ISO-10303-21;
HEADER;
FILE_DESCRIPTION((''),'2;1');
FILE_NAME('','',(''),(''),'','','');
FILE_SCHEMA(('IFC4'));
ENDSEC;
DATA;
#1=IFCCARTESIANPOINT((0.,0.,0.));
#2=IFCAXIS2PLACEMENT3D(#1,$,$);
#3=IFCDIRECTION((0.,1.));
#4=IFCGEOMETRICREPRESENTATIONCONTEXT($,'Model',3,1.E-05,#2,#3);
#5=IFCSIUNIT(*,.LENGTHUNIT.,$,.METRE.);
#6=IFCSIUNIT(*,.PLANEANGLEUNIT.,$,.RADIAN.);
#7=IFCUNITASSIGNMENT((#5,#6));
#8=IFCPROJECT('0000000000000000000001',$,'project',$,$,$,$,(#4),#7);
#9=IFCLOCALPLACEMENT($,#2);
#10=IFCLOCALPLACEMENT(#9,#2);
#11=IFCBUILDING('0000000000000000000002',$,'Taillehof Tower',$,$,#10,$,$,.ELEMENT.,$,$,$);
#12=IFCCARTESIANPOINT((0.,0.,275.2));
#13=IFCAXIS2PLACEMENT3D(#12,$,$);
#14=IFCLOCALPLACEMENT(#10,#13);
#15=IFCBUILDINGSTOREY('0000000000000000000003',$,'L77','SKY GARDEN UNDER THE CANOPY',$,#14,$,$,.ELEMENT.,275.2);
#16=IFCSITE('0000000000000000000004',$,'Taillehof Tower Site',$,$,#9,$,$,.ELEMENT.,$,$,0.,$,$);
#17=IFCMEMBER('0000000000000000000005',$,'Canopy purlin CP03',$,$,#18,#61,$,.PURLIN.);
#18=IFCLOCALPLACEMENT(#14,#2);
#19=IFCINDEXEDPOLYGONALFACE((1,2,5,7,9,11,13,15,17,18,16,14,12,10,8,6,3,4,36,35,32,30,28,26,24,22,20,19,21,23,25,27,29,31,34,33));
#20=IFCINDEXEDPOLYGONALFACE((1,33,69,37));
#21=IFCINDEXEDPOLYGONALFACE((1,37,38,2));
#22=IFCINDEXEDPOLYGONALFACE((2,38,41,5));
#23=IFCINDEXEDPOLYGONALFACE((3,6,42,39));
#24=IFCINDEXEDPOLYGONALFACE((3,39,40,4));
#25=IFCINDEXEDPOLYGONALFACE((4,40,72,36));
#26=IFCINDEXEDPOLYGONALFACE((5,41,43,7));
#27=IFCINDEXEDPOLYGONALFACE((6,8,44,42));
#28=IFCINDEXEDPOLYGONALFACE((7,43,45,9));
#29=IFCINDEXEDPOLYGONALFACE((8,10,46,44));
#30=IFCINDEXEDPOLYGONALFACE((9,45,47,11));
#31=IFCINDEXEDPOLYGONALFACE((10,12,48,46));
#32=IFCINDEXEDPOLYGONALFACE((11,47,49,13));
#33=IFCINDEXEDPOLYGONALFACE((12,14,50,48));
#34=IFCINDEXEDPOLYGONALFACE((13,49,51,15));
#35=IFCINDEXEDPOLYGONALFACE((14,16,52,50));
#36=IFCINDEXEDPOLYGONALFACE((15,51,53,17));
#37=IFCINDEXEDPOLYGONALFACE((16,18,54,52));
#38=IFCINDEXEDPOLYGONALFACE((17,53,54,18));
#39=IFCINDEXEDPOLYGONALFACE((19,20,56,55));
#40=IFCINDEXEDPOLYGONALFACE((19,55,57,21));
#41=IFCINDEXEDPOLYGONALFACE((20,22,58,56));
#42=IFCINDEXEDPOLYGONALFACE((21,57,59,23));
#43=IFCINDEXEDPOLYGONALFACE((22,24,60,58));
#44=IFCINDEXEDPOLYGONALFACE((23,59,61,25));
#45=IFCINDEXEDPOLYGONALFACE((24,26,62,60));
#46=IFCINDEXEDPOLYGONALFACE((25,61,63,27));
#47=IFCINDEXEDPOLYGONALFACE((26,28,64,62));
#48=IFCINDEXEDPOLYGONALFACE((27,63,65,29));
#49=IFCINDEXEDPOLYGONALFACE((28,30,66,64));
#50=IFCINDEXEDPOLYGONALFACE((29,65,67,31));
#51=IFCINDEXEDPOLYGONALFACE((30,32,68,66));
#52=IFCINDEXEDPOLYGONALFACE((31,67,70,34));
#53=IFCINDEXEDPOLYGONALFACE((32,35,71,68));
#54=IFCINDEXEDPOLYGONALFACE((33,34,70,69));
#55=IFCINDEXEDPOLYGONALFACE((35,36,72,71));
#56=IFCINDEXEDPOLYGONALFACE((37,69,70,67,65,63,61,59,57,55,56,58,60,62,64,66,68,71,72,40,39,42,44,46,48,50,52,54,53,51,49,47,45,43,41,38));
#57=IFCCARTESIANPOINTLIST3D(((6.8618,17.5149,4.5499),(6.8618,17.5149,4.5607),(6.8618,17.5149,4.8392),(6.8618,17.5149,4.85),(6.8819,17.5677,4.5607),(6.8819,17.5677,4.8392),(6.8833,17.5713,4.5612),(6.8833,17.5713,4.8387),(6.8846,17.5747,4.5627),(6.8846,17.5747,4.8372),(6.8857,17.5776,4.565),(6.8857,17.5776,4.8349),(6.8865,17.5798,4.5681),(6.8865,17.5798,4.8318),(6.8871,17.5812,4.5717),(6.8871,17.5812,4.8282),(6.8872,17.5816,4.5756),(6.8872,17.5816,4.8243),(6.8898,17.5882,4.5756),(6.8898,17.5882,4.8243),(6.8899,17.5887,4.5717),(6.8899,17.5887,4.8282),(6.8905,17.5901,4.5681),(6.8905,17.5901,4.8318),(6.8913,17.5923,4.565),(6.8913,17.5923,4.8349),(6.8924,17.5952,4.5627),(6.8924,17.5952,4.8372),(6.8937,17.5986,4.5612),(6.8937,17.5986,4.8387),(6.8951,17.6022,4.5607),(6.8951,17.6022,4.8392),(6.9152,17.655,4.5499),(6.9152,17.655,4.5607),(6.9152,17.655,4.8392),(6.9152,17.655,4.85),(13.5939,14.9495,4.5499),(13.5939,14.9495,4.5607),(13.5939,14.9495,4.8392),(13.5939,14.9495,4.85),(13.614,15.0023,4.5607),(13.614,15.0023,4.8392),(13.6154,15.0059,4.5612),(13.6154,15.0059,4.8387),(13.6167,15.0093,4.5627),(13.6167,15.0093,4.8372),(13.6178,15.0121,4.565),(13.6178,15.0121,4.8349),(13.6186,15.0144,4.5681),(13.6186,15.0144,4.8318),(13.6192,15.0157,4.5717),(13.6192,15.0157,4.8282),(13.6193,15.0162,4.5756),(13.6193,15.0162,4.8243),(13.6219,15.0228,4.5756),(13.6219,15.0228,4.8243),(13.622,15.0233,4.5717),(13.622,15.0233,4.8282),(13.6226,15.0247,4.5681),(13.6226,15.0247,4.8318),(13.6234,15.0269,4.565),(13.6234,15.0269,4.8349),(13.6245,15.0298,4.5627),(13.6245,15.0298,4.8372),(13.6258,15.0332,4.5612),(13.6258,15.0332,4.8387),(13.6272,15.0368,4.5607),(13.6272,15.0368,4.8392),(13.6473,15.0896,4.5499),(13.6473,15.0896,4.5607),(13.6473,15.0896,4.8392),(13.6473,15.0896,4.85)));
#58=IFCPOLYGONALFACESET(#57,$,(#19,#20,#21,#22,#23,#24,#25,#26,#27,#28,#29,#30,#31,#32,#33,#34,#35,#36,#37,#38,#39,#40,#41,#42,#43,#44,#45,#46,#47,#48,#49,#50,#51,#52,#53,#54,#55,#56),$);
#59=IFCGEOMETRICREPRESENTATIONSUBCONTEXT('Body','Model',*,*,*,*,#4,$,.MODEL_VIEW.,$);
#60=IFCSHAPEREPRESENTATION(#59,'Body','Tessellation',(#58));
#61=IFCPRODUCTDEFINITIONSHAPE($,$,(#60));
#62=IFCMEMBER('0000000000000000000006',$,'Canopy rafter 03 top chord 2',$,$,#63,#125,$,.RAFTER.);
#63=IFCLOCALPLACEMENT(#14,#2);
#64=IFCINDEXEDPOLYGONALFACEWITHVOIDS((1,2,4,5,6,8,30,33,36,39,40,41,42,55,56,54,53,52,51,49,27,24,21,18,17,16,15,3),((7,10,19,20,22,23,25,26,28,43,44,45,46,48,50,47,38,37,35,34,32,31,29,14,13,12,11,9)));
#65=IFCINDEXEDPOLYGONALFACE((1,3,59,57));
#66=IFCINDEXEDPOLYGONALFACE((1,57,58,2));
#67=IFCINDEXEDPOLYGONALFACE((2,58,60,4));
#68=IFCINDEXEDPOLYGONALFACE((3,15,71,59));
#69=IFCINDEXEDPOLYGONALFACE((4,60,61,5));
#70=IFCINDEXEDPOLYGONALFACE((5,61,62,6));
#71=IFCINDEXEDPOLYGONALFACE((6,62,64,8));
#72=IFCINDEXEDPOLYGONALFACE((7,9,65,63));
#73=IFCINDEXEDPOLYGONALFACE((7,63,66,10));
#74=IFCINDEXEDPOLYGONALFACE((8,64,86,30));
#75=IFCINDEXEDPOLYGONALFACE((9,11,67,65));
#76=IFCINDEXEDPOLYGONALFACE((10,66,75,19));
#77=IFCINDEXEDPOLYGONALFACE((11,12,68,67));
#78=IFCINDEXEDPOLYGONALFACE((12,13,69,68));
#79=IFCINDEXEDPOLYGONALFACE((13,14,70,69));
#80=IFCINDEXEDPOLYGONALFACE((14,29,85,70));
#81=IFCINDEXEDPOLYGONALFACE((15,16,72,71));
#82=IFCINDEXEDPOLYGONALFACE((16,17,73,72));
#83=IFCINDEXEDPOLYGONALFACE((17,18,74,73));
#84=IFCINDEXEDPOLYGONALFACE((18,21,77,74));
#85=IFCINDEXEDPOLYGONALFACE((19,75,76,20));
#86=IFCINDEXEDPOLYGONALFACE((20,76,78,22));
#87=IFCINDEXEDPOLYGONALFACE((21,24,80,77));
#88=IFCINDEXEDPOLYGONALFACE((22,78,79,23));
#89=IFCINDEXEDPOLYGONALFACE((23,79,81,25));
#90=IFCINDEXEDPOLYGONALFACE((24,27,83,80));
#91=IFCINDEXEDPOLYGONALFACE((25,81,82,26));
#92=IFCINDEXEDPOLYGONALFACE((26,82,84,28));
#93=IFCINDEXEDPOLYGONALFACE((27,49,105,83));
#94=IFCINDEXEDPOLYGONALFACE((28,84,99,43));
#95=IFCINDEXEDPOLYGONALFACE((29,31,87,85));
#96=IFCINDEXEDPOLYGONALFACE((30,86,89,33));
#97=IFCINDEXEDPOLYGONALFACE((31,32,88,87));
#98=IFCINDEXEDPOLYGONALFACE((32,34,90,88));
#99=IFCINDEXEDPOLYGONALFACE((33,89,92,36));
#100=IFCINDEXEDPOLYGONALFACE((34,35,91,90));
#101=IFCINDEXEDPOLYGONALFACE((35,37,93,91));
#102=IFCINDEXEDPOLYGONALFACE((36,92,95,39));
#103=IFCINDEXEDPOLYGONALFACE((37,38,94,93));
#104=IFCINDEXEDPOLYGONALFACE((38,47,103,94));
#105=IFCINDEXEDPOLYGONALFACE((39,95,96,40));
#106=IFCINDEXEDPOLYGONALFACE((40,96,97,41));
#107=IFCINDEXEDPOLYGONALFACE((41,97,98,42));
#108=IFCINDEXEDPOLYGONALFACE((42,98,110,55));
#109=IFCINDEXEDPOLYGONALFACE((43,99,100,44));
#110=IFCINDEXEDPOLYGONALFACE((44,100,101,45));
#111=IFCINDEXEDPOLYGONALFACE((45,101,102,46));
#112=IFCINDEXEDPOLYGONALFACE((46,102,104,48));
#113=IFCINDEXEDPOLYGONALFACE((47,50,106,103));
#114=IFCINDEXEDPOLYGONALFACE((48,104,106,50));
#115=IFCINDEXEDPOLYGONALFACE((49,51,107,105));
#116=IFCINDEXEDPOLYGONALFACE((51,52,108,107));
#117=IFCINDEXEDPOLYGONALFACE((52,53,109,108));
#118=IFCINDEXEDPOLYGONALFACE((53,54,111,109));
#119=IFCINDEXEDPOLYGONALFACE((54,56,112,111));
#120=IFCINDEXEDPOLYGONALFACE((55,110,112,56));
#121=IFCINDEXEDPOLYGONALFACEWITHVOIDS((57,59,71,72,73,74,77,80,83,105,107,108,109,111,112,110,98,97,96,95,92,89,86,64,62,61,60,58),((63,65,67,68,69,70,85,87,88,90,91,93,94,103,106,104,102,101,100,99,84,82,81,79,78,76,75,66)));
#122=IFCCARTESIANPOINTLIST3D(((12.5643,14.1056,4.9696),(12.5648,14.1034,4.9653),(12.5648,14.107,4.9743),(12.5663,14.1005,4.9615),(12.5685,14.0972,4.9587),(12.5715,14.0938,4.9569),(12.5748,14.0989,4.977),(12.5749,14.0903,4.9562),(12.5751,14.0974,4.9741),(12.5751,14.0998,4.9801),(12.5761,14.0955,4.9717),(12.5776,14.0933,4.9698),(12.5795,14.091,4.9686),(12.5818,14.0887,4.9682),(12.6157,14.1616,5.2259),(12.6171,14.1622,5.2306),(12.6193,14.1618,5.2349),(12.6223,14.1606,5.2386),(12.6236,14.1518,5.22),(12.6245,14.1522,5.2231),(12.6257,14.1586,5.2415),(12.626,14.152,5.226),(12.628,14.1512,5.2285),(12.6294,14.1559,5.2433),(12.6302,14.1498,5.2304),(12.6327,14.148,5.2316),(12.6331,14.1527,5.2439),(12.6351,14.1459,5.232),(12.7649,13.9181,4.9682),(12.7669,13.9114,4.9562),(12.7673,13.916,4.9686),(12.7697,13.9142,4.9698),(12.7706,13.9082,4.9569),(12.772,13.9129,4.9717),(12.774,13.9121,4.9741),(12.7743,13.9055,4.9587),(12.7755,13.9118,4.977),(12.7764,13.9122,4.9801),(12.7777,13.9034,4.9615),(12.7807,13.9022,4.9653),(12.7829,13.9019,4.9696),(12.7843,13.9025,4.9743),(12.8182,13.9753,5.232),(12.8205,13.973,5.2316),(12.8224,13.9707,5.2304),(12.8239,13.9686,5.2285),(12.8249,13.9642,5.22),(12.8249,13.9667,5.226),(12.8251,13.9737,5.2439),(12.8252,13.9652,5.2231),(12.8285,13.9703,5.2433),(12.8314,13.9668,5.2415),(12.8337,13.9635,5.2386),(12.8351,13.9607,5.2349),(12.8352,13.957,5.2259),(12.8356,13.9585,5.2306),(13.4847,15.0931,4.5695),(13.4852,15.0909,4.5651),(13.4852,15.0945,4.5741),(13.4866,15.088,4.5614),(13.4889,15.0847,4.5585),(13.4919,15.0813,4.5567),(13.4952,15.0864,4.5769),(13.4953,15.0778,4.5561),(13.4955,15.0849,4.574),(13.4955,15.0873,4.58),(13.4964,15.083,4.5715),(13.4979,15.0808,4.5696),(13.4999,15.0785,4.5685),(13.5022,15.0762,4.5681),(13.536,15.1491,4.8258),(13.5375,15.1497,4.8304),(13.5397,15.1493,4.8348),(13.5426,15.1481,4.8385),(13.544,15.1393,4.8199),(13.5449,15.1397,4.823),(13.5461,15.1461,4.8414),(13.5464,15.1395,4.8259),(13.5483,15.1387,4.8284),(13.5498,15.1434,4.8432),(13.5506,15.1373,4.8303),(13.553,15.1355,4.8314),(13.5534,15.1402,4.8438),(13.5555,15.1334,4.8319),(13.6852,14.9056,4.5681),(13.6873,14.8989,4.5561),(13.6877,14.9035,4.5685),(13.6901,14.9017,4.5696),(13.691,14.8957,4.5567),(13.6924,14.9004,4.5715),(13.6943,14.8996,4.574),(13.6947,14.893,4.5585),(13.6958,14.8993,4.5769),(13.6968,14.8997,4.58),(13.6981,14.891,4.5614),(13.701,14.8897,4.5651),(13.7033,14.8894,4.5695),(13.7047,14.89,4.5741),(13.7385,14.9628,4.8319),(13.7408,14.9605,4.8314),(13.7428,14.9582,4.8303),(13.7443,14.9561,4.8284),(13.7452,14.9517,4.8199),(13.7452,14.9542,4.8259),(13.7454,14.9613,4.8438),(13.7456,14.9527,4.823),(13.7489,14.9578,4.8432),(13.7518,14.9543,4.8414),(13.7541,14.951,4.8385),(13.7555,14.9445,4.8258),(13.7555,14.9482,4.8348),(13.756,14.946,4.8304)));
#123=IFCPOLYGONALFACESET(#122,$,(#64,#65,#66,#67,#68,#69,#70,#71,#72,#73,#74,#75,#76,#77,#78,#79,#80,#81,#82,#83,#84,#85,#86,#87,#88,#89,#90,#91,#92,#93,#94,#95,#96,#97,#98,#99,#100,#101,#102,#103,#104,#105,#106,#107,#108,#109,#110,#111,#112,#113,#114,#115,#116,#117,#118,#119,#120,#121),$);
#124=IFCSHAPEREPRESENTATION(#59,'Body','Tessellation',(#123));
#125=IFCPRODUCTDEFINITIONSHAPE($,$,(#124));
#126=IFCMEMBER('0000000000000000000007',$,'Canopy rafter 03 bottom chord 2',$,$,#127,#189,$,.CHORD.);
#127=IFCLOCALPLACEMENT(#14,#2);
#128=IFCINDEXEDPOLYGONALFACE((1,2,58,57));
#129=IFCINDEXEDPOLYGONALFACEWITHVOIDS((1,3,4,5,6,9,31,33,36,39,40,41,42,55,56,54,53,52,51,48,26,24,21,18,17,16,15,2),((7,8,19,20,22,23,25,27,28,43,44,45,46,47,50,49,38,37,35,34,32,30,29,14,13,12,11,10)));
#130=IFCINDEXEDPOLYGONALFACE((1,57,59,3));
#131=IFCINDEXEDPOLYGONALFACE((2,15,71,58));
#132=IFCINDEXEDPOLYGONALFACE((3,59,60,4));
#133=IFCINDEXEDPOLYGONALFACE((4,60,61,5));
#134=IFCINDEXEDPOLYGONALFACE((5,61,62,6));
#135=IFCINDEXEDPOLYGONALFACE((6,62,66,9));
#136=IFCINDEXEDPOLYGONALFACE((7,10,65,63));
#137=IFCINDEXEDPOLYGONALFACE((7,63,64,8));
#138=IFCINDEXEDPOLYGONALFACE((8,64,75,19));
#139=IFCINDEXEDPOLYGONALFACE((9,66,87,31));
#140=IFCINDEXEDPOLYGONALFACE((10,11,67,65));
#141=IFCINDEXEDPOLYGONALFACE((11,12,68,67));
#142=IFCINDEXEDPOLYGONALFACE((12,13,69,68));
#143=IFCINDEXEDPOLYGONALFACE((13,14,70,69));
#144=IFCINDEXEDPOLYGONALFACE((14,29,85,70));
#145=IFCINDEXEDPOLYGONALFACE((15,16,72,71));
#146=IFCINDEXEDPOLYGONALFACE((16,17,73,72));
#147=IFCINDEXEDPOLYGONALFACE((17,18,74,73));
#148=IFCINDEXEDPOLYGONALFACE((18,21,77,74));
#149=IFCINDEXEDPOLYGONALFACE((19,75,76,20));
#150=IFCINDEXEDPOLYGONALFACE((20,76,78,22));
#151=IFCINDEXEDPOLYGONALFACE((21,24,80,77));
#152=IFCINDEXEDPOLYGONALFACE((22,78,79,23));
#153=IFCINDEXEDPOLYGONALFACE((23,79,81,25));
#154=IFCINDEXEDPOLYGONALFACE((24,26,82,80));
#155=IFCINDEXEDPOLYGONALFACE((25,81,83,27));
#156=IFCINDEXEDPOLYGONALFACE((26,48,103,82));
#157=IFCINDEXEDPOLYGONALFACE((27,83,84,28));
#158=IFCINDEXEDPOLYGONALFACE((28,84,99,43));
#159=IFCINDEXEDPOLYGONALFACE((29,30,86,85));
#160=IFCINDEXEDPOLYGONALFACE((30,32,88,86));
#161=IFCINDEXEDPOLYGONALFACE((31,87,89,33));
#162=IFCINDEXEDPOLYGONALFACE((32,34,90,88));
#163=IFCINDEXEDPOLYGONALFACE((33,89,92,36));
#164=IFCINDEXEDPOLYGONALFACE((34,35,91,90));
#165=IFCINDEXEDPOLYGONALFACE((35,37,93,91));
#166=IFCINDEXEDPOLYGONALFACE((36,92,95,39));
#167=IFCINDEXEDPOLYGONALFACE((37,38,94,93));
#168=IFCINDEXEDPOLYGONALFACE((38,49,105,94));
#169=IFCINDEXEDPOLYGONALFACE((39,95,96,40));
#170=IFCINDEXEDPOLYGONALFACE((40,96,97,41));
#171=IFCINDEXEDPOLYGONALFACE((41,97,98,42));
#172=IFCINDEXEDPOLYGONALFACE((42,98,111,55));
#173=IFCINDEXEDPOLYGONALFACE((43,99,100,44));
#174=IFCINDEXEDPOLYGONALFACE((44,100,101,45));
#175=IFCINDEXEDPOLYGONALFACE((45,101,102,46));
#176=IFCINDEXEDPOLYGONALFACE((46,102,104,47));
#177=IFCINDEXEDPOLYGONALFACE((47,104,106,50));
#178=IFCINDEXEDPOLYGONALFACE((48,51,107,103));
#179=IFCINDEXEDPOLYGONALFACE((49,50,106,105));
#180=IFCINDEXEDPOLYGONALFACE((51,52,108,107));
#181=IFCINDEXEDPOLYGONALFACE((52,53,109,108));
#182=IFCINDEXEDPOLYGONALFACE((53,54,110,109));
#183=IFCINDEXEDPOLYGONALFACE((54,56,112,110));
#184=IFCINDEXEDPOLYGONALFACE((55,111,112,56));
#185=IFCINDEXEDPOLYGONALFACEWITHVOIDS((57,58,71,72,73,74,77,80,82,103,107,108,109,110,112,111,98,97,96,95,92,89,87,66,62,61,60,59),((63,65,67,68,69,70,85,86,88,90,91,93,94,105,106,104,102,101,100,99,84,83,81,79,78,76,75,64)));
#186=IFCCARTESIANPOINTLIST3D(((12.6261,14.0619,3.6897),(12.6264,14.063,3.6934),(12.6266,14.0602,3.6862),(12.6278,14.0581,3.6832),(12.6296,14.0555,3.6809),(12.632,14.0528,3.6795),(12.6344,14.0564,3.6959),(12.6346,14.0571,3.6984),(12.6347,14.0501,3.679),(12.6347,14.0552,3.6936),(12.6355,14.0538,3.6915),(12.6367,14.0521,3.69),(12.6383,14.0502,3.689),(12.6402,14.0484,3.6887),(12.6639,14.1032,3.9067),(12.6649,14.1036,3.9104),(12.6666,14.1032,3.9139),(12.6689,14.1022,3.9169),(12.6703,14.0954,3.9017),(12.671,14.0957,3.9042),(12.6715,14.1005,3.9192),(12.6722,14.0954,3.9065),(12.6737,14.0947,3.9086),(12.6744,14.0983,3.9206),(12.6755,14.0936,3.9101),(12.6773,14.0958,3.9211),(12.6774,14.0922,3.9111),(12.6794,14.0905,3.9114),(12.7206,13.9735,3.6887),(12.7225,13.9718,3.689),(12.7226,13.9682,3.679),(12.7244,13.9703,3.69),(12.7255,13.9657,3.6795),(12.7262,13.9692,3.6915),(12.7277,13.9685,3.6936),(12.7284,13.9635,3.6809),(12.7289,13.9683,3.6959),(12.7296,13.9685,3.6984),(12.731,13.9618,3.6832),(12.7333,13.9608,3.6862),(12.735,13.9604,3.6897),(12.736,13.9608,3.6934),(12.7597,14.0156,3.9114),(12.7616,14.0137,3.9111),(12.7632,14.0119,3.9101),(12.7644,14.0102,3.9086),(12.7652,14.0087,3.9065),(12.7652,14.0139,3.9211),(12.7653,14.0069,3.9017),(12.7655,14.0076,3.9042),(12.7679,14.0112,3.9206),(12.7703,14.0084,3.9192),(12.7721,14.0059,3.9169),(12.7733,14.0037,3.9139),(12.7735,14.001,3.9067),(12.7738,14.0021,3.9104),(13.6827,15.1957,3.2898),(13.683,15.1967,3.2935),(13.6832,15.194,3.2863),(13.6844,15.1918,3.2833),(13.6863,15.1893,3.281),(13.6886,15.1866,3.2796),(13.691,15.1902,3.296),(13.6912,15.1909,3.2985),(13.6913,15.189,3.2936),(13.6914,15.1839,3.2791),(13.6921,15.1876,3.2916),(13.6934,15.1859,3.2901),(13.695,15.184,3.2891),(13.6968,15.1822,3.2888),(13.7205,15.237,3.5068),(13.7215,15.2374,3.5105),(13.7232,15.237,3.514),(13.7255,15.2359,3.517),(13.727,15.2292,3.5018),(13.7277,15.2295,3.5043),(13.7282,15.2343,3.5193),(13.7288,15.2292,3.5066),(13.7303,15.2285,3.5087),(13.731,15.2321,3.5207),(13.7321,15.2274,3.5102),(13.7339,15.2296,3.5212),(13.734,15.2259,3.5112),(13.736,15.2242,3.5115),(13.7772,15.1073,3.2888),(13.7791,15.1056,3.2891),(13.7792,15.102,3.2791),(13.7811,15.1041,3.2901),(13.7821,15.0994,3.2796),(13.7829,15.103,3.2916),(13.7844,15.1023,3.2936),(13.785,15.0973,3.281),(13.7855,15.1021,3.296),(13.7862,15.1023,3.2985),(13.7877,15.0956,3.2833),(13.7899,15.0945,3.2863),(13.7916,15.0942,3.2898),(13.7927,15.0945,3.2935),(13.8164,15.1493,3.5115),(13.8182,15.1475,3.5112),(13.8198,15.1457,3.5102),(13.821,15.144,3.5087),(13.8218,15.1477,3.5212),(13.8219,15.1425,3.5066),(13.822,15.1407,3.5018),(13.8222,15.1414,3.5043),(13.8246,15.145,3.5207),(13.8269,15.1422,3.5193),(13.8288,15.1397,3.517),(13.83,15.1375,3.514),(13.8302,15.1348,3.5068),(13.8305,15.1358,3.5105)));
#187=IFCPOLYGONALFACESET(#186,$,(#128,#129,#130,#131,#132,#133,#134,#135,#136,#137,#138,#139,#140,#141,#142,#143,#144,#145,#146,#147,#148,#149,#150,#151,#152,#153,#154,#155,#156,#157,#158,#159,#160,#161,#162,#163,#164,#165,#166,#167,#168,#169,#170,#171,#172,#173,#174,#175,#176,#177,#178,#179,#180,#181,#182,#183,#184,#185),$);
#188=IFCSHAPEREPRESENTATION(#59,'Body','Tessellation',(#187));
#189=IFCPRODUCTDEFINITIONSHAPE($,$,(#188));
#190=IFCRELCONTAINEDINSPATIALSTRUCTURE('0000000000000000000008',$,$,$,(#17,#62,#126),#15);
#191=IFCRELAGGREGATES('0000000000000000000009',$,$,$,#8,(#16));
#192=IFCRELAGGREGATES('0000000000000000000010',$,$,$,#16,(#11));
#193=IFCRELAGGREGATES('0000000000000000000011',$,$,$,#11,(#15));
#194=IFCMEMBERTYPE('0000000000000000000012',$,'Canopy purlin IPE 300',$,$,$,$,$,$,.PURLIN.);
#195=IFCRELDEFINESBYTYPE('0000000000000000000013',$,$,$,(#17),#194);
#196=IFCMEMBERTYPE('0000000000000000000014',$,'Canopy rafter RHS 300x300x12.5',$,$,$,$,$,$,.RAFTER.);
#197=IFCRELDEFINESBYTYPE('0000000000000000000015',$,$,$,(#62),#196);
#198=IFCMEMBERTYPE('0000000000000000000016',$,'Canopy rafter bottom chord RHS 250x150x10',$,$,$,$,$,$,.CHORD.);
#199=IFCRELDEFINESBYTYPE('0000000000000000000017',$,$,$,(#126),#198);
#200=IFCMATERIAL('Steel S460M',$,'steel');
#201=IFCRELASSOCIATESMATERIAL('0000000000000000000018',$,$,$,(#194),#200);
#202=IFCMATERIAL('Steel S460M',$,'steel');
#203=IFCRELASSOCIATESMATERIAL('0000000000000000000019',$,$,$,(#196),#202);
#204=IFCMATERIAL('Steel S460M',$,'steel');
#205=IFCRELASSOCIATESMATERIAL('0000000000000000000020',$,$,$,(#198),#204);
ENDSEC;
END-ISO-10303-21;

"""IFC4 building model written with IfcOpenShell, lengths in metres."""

from ifc_helpers import new_model, si_unit, direction, frame, origin, origin_2d, place, context, subcontext, project, spatial, hollow_rectangle, i_section, extrude, material, material_profile, profile_set, type_object, element, save


model = new_model("IFC4")

# Units and contexts
model_context = context("Model", 3, precision=1e-05, world=origin(), true_north=direction((0.0, 1.0)))
body_context = subcontext(model_context, "Body", "Model", "MODEL_VIEW")
ifc_project = project(units=[si_unit("LENGTHUNIT", "METRE"), si_unit("PLANEANGLEUNIT", "RADIAN")], contexts=[model_context])

# Site, building, storey
site_placement = place(None, origin())
site = spatial("IfcSite", under=ifc_project, at=site_placement, Name="Taillehof Tower Site", CompositionType="ELEMENT", RefElevation=0.0)
building_placement = place(site_placement, origin())
building = spatial("IfcBuilding", under=site, at=building_placement, Name="Taillehof Tower", CompositionType="ELEMENT")
storey_placement = place(building_placement, frame((0.0, 0.0, 275.2)))
storey = spatial("IfcBuildingStorey", under=building, at=storey_placement, Name="L77", Description="SKY GARDEN UNDER THE CANOPY", CompositionType="ELEMENT", Elevation=275.2)

# Members
ifc_material_1 = material(Name="Steel S460M", Category="steel")
ifc_material_profile_1 = material_profile(ifc_material_1, i_section(OverallWidth=0.1499, OverallDepth=0.3, WebThickness=0.0071, FlangeThickness=0.0107, FilletRadius=0.0149, at=origin_2d()), Name="IPE 300")
ifc_profile_set_1 = profile_set([ifc_material_profile_1], Name="Steel S460M")
member_type_1 = type_object("IfcMemberType", Name="Canopy purlin IPE 300", PredefinedType="PURLIN", material=ifc_profile_set_1)
member_1_placement = place(storey_placement, frame((13.6206, 15.0195, 4.7), z_axis=(-0.934451, 0.356091, 0.0), x_axis=(-0.356091, -0.934451, 0.0)))
element("IfcMember", 1, at=member_1_placement, inside=storey, type_object=member_type_1, Name="Canopy purlin CP03", PredefinedType="PURLIN", context=body_context, shape_type="SweptSolid", body=[
    extrude(i_section(OverallWidth=0.1499, OverallDepth=0.3, WebThickness=0.0071, FlangeThickness=0.0107, FilletRadius=0.0149, at=origin_2d()), origin(), (0.0, 0.0, 1.0), 7.2043),
])
ifc_material_2 = material(Name="Steel S460M", Category="steel")
ifc_material_profile_2 = material_profile(ifc_material_2, hollow_rectangle(XDim=0.3, YDim=0.3, WallThickness=0.0125, InnerFilletRadius=0.0125, OuterFilletRadius=0.0188, at=origin_2d()), Name="RHS 300x300x12.5")
ifc_profile_set_2 = profile_set([ifc_material_profile_2], Name="Steel S460M")
member_type_2 = type_object("IfcMemberType", Name="Canopy rafter RHS 300x300x12.5", PredefinedType="RAFTER", material=ifc_profile_set_2)
member_2_placement = place(storey_placement, frame((13.6204, 15.0195, 4.7), z_axis=(-0.65369, -0.701373, 0.284191), x_axis=(0.731536, -0.681803, 0.0)))
element("IfcMember", 2, at=member_2_placement, inside=storey, type_object=member_type_2, Name="Canopy rafter 03 top chord 2", PredefinedType="RAFTER", context=body_context, shape_type="SweptSolid", body=[
    extrude(hollow_rectangle(XDim=0.3, YDim=0.3, WallThickness=0.0125, InnerFilletRadius=0.0125, OuterFilletRadius=0.0188, at=origin_2d()), origin(), (0.0, 0.0, 1.0), 1.408),
])
ifc_material_3 = material(Name="Steel S460M", Category="steel")
ifc_material_profile_3 = material_profile(ifc_material_3, hollow_rectangle(XDim=0.1499, YDim=0.25, WallThickness=0.01, InnerFilletRadius=0.01, OuterFilletRadius=0.0149, at=origin_2d()), Name="RHS 250x150x10")
ifc_profile_set_3 = profile_set([ifc_material_profile_3], Name="Steel S460M")
member_type_3 = type_object("IfcMemberType", Name="Canopy rafter bottom chord RHS 250x150x10", PredefinedType="CHORD", material=ifc_profile_set_3)
member_3_placement = place(storey_placement, frame((13.7566, 15.1658, 3.4001), z_axis=(-0.660157, -0.708357, 0.249847), x_axis=(0.731558, -0.681779, 0.0)))
element("IfcMember", 3, at=member_3_placement, inside=storey, type_object=member_type_3, Name="Canopy rafter 03 bottom chord 2", PredefinedType="CHORD", context=body_context, shape_type="SweptSolid", body=[
    extrude(hollow_rectangle(XDim=0.1499, YDim=0.25, WallThickness=0.01, InnerFilletRadius=0.01, OuterFilletRadius=0.0149, at=origin_2d()), origin(), (0.0, 0.0, 1.0), 1.6006),
])

save(model, "model.ifc")
